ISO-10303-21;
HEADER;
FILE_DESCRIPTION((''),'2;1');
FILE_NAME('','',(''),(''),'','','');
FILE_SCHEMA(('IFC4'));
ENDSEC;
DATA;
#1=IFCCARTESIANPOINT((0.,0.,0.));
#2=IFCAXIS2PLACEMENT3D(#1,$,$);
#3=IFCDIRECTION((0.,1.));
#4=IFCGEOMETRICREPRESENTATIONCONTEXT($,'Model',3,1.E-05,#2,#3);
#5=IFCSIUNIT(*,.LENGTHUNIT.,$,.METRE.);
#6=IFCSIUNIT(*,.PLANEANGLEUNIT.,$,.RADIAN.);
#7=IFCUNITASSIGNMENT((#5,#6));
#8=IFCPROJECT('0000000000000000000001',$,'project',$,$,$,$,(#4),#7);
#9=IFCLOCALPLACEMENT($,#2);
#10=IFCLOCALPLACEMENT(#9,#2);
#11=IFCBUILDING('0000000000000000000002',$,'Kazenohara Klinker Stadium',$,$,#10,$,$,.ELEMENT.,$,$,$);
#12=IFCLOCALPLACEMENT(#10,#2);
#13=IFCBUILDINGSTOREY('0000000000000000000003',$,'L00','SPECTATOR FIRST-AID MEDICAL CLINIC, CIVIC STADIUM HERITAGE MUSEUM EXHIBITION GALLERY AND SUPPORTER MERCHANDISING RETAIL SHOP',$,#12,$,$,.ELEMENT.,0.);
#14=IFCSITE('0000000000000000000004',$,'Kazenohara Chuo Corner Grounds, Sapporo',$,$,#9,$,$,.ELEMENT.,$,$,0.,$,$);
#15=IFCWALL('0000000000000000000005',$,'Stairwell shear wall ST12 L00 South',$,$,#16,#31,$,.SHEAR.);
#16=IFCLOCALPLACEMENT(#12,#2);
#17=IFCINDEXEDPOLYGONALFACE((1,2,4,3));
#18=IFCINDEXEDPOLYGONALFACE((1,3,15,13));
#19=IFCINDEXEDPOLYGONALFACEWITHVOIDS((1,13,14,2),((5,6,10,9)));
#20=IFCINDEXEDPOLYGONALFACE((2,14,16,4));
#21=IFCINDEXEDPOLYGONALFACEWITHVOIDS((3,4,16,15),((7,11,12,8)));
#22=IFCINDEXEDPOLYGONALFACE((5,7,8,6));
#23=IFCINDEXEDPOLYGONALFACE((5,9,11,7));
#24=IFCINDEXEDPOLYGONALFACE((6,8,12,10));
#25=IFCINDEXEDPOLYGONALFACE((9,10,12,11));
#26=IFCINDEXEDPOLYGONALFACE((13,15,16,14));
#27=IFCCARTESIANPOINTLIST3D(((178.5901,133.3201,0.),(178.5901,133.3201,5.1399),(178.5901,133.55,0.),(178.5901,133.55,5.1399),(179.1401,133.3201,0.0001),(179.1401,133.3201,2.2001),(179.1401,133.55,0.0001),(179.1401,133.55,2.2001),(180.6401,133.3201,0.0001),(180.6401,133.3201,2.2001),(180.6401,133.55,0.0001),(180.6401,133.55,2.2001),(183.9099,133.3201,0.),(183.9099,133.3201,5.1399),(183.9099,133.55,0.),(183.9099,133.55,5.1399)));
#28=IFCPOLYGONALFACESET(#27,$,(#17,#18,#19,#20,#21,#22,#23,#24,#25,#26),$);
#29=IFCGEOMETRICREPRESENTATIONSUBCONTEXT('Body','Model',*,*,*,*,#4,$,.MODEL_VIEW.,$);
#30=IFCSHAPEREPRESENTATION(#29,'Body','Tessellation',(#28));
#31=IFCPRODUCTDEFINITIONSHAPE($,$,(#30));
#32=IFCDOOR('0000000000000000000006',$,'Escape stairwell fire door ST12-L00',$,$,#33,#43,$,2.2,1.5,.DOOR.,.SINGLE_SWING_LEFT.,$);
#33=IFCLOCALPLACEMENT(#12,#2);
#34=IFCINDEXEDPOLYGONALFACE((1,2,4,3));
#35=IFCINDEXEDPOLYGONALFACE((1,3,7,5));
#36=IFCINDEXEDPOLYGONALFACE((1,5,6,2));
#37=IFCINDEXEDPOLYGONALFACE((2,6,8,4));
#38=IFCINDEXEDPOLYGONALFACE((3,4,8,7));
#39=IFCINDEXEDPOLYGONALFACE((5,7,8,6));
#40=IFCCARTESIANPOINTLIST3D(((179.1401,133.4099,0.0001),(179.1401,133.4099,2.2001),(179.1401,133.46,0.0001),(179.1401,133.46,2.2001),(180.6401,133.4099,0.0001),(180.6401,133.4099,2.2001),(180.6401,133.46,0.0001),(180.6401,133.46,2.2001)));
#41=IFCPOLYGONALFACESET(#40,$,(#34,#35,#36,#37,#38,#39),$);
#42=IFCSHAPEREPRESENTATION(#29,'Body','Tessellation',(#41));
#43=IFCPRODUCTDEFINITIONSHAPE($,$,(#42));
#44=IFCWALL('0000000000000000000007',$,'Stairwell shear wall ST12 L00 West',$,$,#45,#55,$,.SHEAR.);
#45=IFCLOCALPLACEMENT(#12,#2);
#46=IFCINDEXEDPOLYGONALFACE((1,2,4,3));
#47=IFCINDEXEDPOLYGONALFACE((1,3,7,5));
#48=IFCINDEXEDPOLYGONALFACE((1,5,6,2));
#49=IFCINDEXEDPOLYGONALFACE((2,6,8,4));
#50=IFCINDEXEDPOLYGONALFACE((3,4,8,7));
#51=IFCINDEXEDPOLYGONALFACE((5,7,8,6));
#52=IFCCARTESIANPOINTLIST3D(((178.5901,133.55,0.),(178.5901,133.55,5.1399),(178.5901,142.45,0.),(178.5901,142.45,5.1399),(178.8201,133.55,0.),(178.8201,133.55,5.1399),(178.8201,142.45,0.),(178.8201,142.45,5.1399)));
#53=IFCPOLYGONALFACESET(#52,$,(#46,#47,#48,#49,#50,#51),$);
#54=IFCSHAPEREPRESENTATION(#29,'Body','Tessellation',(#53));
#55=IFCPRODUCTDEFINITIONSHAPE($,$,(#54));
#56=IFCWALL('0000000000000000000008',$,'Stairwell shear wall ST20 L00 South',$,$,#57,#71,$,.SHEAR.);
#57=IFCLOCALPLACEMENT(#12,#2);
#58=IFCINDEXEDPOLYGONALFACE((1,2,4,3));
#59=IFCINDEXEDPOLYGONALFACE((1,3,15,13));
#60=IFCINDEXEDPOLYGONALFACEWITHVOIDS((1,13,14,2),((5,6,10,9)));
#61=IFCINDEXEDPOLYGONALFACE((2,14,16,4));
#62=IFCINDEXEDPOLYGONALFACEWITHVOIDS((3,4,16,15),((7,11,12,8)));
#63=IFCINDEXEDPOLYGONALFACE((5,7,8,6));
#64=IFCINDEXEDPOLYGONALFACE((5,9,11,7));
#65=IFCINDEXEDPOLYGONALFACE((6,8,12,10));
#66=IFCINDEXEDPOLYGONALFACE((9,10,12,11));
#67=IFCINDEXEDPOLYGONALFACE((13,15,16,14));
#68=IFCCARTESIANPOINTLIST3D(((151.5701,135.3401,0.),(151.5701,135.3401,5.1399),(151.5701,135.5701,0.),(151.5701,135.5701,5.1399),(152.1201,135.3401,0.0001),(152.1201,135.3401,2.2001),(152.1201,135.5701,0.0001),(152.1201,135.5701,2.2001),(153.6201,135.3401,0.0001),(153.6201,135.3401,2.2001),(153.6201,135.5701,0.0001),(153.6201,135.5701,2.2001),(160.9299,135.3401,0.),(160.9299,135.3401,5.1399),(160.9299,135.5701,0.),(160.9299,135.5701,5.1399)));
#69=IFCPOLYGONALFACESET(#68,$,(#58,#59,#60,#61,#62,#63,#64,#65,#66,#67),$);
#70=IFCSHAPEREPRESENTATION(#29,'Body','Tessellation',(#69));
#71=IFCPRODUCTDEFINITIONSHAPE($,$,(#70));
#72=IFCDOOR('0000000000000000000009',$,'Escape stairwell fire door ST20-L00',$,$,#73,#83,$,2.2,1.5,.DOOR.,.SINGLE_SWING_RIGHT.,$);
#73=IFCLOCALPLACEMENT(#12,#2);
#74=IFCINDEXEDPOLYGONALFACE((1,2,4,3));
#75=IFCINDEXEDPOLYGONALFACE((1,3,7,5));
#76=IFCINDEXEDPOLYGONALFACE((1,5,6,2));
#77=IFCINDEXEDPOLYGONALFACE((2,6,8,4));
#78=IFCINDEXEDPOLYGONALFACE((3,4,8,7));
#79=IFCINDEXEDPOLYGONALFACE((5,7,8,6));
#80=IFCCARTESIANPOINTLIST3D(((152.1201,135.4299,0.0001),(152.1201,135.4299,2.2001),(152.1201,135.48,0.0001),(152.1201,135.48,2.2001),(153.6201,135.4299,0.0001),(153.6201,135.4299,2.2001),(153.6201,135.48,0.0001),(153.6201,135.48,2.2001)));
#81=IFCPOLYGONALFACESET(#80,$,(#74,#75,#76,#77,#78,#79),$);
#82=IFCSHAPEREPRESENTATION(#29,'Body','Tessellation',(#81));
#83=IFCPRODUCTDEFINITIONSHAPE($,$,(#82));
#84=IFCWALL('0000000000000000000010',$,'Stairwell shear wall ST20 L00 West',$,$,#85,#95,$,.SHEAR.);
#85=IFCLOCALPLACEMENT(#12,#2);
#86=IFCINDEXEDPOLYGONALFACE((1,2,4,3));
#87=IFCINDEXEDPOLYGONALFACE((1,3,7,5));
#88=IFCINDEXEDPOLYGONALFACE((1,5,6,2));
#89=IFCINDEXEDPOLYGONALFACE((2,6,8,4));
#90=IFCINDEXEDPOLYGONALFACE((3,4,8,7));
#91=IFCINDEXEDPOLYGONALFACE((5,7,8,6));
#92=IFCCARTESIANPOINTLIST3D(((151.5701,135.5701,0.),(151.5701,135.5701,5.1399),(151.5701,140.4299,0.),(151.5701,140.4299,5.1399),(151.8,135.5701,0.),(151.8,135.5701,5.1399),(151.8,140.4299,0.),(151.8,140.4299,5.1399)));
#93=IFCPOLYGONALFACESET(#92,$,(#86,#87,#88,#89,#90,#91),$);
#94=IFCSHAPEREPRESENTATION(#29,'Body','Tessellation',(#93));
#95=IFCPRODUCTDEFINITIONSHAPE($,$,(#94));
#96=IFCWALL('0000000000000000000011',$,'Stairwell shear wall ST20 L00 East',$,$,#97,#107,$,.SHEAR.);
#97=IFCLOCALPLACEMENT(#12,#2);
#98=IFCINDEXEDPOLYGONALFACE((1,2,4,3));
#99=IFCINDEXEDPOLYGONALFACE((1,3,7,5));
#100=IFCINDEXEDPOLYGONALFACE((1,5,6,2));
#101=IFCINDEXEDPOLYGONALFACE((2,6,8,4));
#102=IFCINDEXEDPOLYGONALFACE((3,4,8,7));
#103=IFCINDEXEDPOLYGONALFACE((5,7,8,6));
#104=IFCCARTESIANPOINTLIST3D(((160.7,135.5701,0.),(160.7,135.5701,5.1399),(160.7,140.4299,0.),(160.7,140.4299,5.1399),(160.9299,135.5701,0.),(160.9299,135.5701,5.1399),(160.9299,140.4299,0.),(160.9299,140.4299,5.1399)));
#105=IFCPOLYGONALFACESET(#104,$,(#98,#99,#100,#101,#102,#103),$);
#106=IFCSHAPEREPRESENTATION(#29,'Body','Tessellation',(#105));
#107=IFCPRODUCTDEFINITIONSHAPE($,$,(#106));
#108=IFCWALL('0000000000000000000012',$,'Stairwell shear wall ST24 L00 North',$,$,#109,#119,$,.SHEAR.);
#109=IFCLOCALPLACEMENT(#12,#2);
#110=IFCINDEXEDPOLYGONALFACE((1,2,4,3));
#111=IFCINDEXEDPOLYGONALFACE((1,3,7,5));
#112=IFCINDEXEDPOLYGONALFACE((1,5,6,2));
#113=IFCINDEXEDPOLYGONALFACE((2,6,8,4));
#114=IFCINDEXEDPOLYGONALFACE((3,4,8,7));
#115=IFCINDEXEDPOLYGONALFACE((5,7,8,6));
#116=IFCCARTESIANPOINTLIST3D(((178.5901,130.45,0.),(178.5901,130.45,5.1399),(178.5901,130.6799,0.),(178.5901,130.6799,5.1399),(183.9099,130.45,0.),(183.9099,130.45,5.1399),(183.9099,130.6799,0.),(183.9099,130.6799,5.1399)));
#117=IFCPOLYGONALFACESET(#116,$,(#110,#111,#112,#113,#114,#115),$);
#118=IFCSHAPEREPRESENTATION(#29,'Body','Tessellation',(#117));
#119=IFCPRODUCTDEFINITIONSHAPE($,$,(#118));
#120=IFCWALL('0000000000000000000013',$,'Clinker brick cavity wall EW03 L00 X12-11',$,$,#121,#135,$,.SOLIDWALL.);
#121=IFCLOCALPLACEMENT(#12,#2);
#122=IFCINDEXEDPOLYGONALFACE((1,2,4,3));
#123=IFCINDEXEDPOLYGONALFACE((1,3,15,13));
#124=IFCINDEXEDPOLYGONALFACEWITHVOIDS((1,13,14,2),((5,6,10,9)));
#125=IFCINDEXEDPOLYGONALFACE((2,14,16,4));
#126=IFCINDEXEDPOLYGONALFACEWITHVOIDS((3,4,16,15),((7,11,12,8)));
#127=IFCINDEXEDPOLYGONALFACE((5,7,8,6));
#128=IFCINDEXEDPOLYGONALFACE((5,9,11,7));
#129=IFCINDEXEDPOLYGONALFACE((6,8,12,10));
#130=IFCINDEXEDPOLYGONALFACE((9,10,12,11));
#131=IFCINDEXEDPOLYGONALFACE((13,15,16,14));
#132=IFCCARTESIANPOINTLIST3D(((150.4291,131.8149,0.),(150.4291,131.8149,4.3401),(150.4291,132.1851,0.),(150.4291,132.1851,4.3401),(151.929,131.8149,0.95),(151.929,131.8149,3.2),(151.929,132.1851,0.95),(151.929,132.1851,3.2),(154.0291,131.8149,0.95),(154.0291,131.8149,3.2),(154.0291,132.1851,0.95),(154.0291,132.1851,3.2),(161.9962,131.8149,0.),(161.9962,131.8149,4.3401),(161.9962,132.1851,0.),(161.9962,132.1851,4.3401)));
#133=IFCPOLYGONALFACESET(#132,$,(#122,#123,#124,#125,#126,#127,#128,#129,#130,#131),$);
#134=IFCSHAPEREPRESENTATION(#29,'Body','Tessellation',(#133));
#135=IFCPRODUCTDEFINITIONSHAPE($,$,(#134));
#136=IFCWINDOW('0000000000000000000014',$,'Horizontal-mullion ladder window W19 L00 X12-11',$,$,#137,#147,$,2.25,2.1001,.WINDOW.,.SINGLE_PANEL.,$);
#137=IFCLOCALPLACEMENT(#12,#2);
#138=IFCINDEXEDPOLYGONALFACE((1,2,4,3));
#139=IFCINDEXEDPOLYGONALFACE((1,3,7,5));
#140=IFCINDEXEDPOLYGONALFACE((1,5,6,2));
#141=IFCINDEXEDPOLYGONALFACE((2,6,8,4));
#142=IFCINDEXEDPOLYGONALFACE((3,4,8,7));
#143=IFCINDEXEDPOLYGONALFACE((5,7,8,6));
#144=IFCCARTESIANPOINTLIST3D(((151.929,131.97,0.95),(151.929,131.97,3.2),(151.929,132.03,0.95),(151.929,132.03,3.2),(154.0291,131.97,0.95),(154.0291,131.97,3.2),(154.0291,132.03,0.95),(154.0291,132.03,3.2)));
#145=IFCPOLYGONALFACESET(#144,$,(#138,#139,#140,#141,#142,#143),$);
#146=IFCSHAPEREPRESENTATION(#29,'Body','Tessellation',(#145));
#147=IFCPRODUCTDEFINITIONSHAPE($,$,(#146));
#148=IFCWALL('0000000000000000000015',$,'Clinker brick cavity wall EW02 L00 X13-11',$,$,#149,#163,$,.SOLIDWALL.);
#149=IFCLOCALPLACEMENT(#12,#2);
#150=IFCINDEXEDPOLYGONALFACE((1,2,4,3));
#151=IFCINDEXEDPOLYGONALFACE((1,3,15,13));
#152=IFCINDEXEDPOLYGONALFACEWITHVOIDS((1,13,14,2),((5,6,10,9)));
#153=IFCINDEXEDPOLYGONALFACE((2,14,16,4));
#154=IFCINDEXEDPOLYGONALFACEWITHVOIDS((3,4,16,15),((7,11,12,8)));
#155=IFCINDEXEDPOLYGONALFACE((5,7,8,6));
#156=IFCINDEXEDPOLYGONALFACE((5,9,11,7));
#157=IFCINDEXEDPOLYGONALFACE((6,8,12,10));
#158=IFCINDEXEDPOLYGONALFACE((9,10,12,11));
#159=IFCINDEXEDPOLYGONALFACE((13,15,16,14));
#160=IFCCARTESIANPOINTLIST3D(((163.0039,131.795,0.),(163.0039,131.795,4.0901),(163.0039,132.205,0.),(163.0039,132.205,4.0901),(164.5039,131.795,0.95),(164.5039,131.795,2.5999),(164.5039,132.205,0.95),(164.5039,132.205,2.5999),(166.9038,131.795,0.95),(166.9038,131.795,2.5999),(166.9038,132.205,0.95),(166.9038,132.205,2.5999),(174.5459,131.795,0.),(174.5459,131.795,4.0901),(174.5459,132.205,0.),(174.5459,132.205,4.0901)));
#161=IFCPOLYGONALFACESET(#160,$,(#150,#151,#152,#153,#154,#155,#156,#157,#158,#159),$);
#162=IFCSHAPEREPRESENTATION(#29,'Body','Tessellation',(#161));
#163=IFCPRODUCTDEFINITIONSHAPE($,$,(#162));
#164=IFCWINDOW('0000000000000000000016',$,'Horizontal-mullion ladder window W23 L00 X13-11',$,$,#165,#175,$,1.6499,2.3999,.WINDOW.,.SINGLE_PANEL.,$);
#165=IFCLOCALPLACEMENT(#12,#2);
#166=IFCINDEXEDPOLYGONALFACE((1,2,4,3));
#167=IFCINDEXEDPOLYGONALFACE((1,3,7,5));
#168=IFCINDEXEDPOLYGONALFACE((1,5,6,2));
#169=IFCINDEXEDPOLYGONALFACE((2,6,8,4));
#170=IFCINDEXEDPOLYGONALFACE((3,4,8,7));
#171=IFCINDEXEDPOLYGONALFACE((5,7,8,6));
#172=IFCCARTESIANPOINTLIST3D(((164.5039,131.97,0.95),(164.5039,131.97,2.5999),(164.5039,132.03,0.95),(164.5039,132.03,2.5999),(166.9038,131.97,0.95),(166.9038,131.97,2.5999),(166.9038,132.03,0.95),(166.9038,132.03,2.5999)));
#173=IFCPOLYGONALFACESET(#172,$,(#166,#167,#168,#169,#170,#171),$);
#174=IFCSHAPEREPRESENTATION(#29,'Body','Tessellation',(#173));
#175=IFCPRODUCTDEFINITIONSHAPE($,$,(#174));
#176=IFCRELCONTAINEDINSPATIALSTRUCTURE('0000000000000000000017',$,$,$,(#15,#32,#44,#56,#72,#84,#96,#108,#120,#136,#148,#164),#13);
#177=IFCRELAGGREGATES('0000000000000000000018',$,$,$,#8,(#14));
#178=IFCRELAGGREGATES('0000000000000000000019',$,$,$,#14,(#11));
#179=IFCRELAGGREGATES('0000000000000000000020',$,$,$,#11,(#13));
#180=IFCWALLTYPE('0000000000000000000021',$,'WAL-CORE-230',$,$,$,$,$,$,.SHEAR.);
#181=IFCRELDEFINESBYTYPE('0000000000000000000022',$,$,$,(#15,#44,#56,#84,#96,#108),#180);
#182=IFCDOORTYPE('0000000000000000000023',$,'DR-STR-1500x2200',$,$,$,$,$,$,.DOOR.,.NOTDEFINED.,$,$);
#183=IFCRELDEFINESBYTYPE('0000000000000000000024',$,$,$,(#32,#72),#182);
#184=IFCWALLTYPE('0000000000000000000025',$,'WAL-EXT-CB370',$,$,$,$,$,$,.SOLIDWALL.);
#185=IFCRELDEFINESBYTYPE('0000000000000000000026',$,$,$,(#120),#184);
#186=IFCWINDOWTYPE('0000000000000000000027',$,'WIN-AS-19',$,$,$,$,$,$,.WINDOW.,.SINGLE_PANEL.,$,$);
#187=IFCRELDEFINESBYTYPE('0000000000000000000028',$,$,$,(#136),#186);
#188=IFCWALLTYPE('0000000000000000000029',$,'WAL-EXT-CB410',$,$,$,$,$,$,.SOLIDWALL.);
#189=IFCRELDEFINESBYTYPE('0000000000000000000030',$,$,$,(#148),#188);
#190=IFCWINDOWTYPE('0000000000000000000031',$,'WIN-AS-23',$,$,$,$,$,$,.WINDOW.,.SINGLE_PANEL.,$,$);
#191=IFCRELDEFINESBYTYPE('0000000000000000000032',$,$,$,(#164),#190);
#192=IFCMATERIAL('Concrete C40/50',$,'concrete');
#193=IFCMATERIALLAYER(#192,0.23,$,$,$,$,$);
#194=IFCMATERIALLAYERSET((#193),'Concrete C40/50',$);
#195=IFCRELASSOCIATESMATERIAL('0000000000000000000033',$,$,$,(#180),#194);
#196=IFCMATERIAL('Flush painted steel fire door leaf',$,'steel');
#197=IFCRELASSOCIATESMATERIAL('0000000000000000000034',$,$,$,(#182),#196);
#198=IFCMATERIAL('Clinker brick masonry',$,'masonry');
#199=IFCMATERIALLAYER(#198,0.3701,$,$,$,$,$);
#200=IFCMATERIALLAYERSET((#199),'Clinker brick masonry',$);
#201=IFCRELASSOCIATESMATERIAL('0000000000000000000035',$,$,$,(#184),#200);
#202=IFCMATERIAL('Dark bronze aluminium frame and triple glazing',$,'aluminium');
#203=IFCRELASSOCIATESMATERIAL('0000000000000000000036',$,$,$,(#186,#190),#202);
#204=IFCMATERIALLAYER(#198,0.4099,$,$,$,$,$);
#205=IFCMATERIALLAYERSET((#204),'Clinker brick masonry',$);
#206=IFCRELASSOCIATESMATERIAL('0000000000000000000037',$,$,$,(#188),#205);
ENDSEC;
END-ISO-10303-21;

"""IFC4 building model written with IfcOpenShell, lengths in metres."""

from ifc_helpers import new_model, si_unit, direction, frame, frame_2d, origin, place, context, subcontext, project, spatial, rectangle, extrude, material, layer, layer_set, type_object, element, fill, save


model = new_model("IFC4")

# Units and contexts
model_context = context("Model", 3, precision=1e-05, world=origin(), true_north=direction((0.0, 1.0)))
body_context = subcontext(model_context, "Body", "Model", "MODEL_VIEW")
ifc_project = project(units=[si_unit("LENGTHUNIT", "METRE"), si_unit("PLANEANGLEUNIT", "RADIAN")], contexts=[model_context])

# Site, building, storey
site_placement = place(None, origin())
site = spatial("IfcSite", under=ifc_project, at=site_placement, Name="Kazenohara Chuo Corner Grounds, Sapporo", CompositionType="ELEMENT", RefElevation=0.0)
building_placement = place(site_placement, origin())
building = spatial("IfcBuilding", under=site, at=building_placement, Name="Kazenohara Klinker Stadium", CompositionType="ELEMENT")
storey_placement = place(building_placement, origin())
storey = spatial("IfcBuildingStorey", under=building, at=storey_placement, Name="L00", Description="SPECTATOR FIRST-AID MEDICAL CLINIC, CIVIC STADIUM HERITAGE MUSEUM EXHIBITION GALLERY AND SUPPORTER MERCHANDISING RETAIL SHOP", CompositionType="ELEMENT", Elevation=0.0)

# Shared definitions
ifc_material_1 = material(Name="Concrete C40/50", Category="concrete")

# Wall, opening, door
ifc_layer_1 = layer(ifc_material_1, 0.23)
ifc_layer_set_1 = layer_set([ifc_layer_1], Name="Concrete C40/50")
wall_type_1 = type_object("IfcWallType", Name="WAL-CORE-230", PredefinedType="SHEAR", material=ifc_layer_set_1)
wall_1_placement = place(storey_placement, frame((178.5901, 133.4351, 0.0), z_axis=(0.0, 0.0, 1.0), x_axis=(1.0, 0.0, 0.0)))
wall_1 = element("IfcWall", 1, at=wall_1_placement, inside=storey, type_object=wall_type_1, Name="Stairwell shear wall ST12 L00 South", PredefinedType="SHEAR", context=body_context, shape_type="SweptSolid", body=[
    extrude(rectangle(XDim=5.3198, YDim=0.23, at=frame_2d((2.6599, 0.0))), origin(), (0.0, 0.0, 1.0), 5.1399),
])
opening_1_placement = place(wall_1_placement, frame((0.55, 0.0, 0.0)))
opening_1 = element("IfcOpeningElement", 2, at=opening_1_placement, cuts=wall_1, PredefinedType="OPENING", context=body_context, shape_type="SweptSolid", body=[
    extrude(rectangle(XDim=1.5, YDim=2.2, at=frame_2d((0.75, 1.1001))), frame((0.0, 0.125, 0.0), z_axis=(0.0, -1.0, 0.0), x_axis=(1.0, 0.0, 0.0)), (0.0, 0.0, 1.0), 0.25),
])
ifc_material_2 = material(Name="Flush painted steel fire door leaf", Category="steel")
door_type_1 = type_object("IfcDoorType", Name="DR-STR-1500x2200", OperationType="NOTDEFINED", PredefinedType="DOOR", material=ifc_material_2)
door_1_placement = place(opening_1_placement, origin())
door_1 = element("IfcDoor", 3, at=door_1_placement, inside=storey, type_object=door_type_1, Name="Escape stairwell fire door ST12-L00", OperationType="SINGLE_SWING_LEFT", OverallHeight=2.2, OverallWidth=1.5, PredefinedType="DOOR", context=body_context, shape_type="SweptSolid", body=[
    extrude(rectangle(XDim=1.5, YDim=2.2, at=frame_2d((0.75, 1.1001))), frame((0.0, 0.0249, 0.0), z_axis=(0.0, -1.0, 0.0), x_axis=(1.0, 0.0, 0.0)), (0.0, 0.0, 1.0), 0.05),
])
fill(opening_1, door_1)

# Wall
wall_2_placement = place(storey_placement, frame((178.7051, 133.55, 0.0), z_axis=(0.0, 0.0, 1.0), x_axis=(0.0, 1.0, 0.0)))
element("IfcWall", 4, at=wall_2_placement, inside=storey, type_object=wall_type_1, Name="Stairwell shear wall ST12 L00 West", PredefinedType="SHEAR", context=body_context, shape_type="SweptSolid", body=[
    extrude(rectangle(XDim=8.8999, YDim=0.23, at=frame_2d((4.45, 0.0))), origin(), (0.0, 0.0, 1.0), 5.1399),
])

# Wall, opening, door
wall_3_placement = place(storey_placement, frame((151.5701, 135.4551, 0.0), z_axis=(0.0, 0.0, 1.0), x_axis=(1.0, 0.0, 0.0)))
wall_3 = element("IfcWall", 5, at=wall_3_placement, inside=storey, type_object=wall_type_1, Name="Stairwell shear wall ST20 L00 South", PredefinedType="SHEAR", context=body_context, shape_type="SweptSolid", body=[
    extrude(rectangle(XDim=9.3599, YDim=0.23, at=frame_2d((4.6799, 0.0))), origin(), (0.0, 0.0, 1.0), 5.1399),
])
opening_2_placement = place(wall_3_placement, frame((0.55, 0.0, 0.0)))
opening_2 = element("IfcOpeningElement", 6, at=opening_2_placement, cuts=wall_3, PredefinedType="OPENING", context=body_context, shape_type="SweptSolid", body=[
    extrude(rectangle(XDim=1.5, YDim=2.2, at=frame_2d((0.75, 1.1001))), frame((0.0, 0.125, 0.0), z_axis=(0.0, -1.0, 0.0), x_axis=(1.0, 0.0, 0.0)), (0.0, 0.0, 1.0), 0.25),
])
door_2_placement = place(opening_2_placement, origin())
door_2 = element("IfcDoor", 7, at=door_2_placement, inside=storey, type_object=door_type_1, Name="Escape stairwell fire door ST20-L00", OperationType="SINGLE_SWING_RIGHT", OverallHeight=2.2, OverallWidth=1.5, PredefinedType="DOOR", context=body_context, shape_type="SweptSolid", body=[
    extrude(rectangle(XDim=1.5, YDim=2.2, at=frame_2d((0.75, 1.1001))), frame((0.0, 0.0249, 0.0), z_axis=(0.0, -1.0, 0.0), x_axis=(1.0, 0.0, 0.0)), (0.0, 0.0, 1.0), 0.05),
])
fill(opening_2, door_2)

# Walls
for number, where, z_axis, x_axis, name in (
    (8, (151.6851, 135.5701, 0.0), (0.0, 0.0, 1.0), (0.0, 1.0, 0.0), "Stairwell shear wall ST20 L00 West"),
    (9, (160.8149, 135.5701, 0.0), (0.0, 0.0, 1.0), (0.0, 1.0, 0.0), "Stairwell shear wall ST20 L00 East"),
):
    element("IfcWall", number, at=place(storey_placement, frame(where, z_axis=z_axis, x_axis=x_axis)), inside=storey, type_object=wall_type_1, Name=name, PredefinedType="SHEAR", context=body_context, shape_type="SweptSolid", body=[
        extrude(rectangle(XDim=4.8599, YDim=0.23, at=frame_2d((2.4299, 0.0))), origin(), (0.0, 0.0, 1.0), 5.1399),
    ])
wall_4_placement = place(storey_placement, frame((178.5901, 130.5649, 0.0), z_axis=(0.0, 0.0, 1.0), x_axis=(1.0, 0.0, 0.0)))
element("IfcWall", 10, at=wall_4_placement, inside=storey, type_object=wall_type_1, Name="Stairwell shear wall ST24 L00 North", PredefinedType="SHEAR", context=body_context, shape_type="SweptSolid", body=[
    extrude(rectangle(XDim=5.3198, YDim=0.23, at=frame_2d((2.6599, 0.0))), origin(), (0.0, 0.0, 1.0), 5.1399),
])

# Walls, openings, windows
ifc_material_3 = material(Name="Clinker brick masonry", Category="masonry")
ifc_layer_2 = layer(ifc_material_3, 0.3701)
ifc_layer_set_2 = layer_set([ifc_layer_2], Name="Clinker brick masonry")
wall_type_2 = type_object("IfcWallType", Name="WAL-EXT-CB370", PredefinedType="SOLIDWALL", material=ifc_layer_set_2)
wall_5_placement = place(storey_placement, frame((150.429, 132.0, 0.0), z_axis=(0.0, 0.0, 1.0), x_axis=(1.0, 0.0, 0.0)))
wall_5 = element("IfcWall", 11, at=wall_5_placement, inside=storey, type_object=wall_type_2, Name="Clinker brick cavity wall EW03 L00 X12-11", PredefinedType="SOLIDWALL", context=body_context, shape_type="SweptSolid", body=[
    extrude(rectangle(XDim=11.5671, YDim=0.3701, at=frame_2d((5.7837, 0.0))), origin(), (0.0, 0.0, 1.0), 4.3401),
])
opening_3_placement = place(wall_5_placement, frame((1.5, 0.0, 0.95)))
opening_3 = element("IfcOpeningElement", 12, at=opening_3_placement, cuts=wall_5, PredefinedType="OPENING", context=body_context, shape_type="SweptSolid", body=[
    extrude(rectangle(XDim=2.1001, YDim=2.25, at=frame_2d((1.05, 1.125))), frame((0.0, 0.1951, 0.0), z_axis=(0.0, -1.0, 0.0), x_axis=(1.0, 0.0, 0.0)), (0.0, 0.0, 1.0), 0.3901),
])
ifc_material_4 = material(Name="Dark bronze aluminium frame and triple glazing", Category="aluminium")
window_type_1 = type_object("IfcWindowType", Name="WIN-AS-19", PartitioningType="SINGLE_PANEL", PredefinedType="WINDOW", material=ifc_material_4)
window_1_placement = place(opening_3_placement, origin())
window_1 = element("IfcWindow", 13, at=window_1_placement, inside=storey, type_object=window_type_1, Name="Horizontal-mullion ladder window W19 L00 X12-11", OverallHeight=2.25, OverallWidth=2.1001, PartitioningType="SINGLE_PANEL", PredefinedType="WINDOW", context=body_context, shape_type="SweptSolid", body=[
    extrude(rectangle(XDim=2.1001, YDim=2.25, at=frame_2d((1.05, 1.125))), frame((0.0, 0.03, 0.0), z_axis=(0.0, -1.0, 0.0), x_axis=(1.0, 0.0, 0.0)), (0.0, 0.0, 1.0), 0.0601),
])
fill(opening_3, window_1)
ifc_layer_3 = layer(ifc_material_3, 0.4099)
ifc_layer_set_3 = layer_set([ifc_layer_3], Name="Clinker brick masonry")
wall_type_3 = type_object("IfcWallType", Name="WAL-EXT-CB410", PredefinedType="SOLIDWALL", material=ifc_layer_set_3)
wall_6_placement = place(storey_placement, frame((163.0039, 132.0, 0.0), z_axis=(0.0, 0.0, 1.0), x_axis=(1.0, 0.0, 0.0)))
wall_6 = element("IfcWall", 14, at=wall_6_placement, inside=storey, type_object=wall_type_3, Name="Clinker brick cavity wall EW02 L00 X13-11", PredefinedType="SOLIDWALL", context=body_context, shape_type="SweptSolid", body=[
    extrude(rectangle(XDim=11.542, YDim=0.4099, at=frame_2d((5.771, 0.0))), origin(), (0.0, 0.0, 1.0), 4.0901),
])
opening_4_placement = place(wall_6_placement, frame((1.5, 0.0, 0.95)))
opening_4 = element("IfcOpeningElement", 15, at=opening_4_placement, cuts=wall_6, PredefinedType="OPENING", context=body_context, shape_type="SweptSolid", body=[
    extrude(rectangle(XDim=2.3999, YDim=1.6499, at=frame_2d((1.2, 0.825))), frame((0.0, 0.2148, 0.0), z_axis=(0.0, -1.0, 0.0), x_axis=(1.0, 0.0, 0.0)), (0.0, 0.0, 1.0), 0.4299),
])
window_type_2 = type_object("IfcWindowType", Name="WIN-AS-23", PartitioningType="SINGLE_PANEL", PredefinedType="WINDOW", material=ifc_material_4)
window_2_placement = place(opening_4_placement, origin())
window_2 = element("IfcWindow", 16, at=window_2_placement, inside=storey, type_object=window_type_2, Name="Horizontal-mullion ladder window W23 L00 X13-11", OverallHeight=1.6499, OverallWidth=2.3999, PartitioningType="SINGLE_PANEL", PredefinedType="WINDOW", context=body_context, shape_type="SweptSolid", body=[
    extrude(rectangle(XDim=2.3999, YDim=1.6499, at=frame_2d((1.2, 0.825))), frame((0.0, 0.03, 0.0), z_axis=(0.0, -1.0, 0.0), x_axis=(1.0, 0.0, 0.0)), (0.0, 0.0, 1.0), 0.0601),
])
fill(opening_4, window_2)

save(model, "model.ifc")
